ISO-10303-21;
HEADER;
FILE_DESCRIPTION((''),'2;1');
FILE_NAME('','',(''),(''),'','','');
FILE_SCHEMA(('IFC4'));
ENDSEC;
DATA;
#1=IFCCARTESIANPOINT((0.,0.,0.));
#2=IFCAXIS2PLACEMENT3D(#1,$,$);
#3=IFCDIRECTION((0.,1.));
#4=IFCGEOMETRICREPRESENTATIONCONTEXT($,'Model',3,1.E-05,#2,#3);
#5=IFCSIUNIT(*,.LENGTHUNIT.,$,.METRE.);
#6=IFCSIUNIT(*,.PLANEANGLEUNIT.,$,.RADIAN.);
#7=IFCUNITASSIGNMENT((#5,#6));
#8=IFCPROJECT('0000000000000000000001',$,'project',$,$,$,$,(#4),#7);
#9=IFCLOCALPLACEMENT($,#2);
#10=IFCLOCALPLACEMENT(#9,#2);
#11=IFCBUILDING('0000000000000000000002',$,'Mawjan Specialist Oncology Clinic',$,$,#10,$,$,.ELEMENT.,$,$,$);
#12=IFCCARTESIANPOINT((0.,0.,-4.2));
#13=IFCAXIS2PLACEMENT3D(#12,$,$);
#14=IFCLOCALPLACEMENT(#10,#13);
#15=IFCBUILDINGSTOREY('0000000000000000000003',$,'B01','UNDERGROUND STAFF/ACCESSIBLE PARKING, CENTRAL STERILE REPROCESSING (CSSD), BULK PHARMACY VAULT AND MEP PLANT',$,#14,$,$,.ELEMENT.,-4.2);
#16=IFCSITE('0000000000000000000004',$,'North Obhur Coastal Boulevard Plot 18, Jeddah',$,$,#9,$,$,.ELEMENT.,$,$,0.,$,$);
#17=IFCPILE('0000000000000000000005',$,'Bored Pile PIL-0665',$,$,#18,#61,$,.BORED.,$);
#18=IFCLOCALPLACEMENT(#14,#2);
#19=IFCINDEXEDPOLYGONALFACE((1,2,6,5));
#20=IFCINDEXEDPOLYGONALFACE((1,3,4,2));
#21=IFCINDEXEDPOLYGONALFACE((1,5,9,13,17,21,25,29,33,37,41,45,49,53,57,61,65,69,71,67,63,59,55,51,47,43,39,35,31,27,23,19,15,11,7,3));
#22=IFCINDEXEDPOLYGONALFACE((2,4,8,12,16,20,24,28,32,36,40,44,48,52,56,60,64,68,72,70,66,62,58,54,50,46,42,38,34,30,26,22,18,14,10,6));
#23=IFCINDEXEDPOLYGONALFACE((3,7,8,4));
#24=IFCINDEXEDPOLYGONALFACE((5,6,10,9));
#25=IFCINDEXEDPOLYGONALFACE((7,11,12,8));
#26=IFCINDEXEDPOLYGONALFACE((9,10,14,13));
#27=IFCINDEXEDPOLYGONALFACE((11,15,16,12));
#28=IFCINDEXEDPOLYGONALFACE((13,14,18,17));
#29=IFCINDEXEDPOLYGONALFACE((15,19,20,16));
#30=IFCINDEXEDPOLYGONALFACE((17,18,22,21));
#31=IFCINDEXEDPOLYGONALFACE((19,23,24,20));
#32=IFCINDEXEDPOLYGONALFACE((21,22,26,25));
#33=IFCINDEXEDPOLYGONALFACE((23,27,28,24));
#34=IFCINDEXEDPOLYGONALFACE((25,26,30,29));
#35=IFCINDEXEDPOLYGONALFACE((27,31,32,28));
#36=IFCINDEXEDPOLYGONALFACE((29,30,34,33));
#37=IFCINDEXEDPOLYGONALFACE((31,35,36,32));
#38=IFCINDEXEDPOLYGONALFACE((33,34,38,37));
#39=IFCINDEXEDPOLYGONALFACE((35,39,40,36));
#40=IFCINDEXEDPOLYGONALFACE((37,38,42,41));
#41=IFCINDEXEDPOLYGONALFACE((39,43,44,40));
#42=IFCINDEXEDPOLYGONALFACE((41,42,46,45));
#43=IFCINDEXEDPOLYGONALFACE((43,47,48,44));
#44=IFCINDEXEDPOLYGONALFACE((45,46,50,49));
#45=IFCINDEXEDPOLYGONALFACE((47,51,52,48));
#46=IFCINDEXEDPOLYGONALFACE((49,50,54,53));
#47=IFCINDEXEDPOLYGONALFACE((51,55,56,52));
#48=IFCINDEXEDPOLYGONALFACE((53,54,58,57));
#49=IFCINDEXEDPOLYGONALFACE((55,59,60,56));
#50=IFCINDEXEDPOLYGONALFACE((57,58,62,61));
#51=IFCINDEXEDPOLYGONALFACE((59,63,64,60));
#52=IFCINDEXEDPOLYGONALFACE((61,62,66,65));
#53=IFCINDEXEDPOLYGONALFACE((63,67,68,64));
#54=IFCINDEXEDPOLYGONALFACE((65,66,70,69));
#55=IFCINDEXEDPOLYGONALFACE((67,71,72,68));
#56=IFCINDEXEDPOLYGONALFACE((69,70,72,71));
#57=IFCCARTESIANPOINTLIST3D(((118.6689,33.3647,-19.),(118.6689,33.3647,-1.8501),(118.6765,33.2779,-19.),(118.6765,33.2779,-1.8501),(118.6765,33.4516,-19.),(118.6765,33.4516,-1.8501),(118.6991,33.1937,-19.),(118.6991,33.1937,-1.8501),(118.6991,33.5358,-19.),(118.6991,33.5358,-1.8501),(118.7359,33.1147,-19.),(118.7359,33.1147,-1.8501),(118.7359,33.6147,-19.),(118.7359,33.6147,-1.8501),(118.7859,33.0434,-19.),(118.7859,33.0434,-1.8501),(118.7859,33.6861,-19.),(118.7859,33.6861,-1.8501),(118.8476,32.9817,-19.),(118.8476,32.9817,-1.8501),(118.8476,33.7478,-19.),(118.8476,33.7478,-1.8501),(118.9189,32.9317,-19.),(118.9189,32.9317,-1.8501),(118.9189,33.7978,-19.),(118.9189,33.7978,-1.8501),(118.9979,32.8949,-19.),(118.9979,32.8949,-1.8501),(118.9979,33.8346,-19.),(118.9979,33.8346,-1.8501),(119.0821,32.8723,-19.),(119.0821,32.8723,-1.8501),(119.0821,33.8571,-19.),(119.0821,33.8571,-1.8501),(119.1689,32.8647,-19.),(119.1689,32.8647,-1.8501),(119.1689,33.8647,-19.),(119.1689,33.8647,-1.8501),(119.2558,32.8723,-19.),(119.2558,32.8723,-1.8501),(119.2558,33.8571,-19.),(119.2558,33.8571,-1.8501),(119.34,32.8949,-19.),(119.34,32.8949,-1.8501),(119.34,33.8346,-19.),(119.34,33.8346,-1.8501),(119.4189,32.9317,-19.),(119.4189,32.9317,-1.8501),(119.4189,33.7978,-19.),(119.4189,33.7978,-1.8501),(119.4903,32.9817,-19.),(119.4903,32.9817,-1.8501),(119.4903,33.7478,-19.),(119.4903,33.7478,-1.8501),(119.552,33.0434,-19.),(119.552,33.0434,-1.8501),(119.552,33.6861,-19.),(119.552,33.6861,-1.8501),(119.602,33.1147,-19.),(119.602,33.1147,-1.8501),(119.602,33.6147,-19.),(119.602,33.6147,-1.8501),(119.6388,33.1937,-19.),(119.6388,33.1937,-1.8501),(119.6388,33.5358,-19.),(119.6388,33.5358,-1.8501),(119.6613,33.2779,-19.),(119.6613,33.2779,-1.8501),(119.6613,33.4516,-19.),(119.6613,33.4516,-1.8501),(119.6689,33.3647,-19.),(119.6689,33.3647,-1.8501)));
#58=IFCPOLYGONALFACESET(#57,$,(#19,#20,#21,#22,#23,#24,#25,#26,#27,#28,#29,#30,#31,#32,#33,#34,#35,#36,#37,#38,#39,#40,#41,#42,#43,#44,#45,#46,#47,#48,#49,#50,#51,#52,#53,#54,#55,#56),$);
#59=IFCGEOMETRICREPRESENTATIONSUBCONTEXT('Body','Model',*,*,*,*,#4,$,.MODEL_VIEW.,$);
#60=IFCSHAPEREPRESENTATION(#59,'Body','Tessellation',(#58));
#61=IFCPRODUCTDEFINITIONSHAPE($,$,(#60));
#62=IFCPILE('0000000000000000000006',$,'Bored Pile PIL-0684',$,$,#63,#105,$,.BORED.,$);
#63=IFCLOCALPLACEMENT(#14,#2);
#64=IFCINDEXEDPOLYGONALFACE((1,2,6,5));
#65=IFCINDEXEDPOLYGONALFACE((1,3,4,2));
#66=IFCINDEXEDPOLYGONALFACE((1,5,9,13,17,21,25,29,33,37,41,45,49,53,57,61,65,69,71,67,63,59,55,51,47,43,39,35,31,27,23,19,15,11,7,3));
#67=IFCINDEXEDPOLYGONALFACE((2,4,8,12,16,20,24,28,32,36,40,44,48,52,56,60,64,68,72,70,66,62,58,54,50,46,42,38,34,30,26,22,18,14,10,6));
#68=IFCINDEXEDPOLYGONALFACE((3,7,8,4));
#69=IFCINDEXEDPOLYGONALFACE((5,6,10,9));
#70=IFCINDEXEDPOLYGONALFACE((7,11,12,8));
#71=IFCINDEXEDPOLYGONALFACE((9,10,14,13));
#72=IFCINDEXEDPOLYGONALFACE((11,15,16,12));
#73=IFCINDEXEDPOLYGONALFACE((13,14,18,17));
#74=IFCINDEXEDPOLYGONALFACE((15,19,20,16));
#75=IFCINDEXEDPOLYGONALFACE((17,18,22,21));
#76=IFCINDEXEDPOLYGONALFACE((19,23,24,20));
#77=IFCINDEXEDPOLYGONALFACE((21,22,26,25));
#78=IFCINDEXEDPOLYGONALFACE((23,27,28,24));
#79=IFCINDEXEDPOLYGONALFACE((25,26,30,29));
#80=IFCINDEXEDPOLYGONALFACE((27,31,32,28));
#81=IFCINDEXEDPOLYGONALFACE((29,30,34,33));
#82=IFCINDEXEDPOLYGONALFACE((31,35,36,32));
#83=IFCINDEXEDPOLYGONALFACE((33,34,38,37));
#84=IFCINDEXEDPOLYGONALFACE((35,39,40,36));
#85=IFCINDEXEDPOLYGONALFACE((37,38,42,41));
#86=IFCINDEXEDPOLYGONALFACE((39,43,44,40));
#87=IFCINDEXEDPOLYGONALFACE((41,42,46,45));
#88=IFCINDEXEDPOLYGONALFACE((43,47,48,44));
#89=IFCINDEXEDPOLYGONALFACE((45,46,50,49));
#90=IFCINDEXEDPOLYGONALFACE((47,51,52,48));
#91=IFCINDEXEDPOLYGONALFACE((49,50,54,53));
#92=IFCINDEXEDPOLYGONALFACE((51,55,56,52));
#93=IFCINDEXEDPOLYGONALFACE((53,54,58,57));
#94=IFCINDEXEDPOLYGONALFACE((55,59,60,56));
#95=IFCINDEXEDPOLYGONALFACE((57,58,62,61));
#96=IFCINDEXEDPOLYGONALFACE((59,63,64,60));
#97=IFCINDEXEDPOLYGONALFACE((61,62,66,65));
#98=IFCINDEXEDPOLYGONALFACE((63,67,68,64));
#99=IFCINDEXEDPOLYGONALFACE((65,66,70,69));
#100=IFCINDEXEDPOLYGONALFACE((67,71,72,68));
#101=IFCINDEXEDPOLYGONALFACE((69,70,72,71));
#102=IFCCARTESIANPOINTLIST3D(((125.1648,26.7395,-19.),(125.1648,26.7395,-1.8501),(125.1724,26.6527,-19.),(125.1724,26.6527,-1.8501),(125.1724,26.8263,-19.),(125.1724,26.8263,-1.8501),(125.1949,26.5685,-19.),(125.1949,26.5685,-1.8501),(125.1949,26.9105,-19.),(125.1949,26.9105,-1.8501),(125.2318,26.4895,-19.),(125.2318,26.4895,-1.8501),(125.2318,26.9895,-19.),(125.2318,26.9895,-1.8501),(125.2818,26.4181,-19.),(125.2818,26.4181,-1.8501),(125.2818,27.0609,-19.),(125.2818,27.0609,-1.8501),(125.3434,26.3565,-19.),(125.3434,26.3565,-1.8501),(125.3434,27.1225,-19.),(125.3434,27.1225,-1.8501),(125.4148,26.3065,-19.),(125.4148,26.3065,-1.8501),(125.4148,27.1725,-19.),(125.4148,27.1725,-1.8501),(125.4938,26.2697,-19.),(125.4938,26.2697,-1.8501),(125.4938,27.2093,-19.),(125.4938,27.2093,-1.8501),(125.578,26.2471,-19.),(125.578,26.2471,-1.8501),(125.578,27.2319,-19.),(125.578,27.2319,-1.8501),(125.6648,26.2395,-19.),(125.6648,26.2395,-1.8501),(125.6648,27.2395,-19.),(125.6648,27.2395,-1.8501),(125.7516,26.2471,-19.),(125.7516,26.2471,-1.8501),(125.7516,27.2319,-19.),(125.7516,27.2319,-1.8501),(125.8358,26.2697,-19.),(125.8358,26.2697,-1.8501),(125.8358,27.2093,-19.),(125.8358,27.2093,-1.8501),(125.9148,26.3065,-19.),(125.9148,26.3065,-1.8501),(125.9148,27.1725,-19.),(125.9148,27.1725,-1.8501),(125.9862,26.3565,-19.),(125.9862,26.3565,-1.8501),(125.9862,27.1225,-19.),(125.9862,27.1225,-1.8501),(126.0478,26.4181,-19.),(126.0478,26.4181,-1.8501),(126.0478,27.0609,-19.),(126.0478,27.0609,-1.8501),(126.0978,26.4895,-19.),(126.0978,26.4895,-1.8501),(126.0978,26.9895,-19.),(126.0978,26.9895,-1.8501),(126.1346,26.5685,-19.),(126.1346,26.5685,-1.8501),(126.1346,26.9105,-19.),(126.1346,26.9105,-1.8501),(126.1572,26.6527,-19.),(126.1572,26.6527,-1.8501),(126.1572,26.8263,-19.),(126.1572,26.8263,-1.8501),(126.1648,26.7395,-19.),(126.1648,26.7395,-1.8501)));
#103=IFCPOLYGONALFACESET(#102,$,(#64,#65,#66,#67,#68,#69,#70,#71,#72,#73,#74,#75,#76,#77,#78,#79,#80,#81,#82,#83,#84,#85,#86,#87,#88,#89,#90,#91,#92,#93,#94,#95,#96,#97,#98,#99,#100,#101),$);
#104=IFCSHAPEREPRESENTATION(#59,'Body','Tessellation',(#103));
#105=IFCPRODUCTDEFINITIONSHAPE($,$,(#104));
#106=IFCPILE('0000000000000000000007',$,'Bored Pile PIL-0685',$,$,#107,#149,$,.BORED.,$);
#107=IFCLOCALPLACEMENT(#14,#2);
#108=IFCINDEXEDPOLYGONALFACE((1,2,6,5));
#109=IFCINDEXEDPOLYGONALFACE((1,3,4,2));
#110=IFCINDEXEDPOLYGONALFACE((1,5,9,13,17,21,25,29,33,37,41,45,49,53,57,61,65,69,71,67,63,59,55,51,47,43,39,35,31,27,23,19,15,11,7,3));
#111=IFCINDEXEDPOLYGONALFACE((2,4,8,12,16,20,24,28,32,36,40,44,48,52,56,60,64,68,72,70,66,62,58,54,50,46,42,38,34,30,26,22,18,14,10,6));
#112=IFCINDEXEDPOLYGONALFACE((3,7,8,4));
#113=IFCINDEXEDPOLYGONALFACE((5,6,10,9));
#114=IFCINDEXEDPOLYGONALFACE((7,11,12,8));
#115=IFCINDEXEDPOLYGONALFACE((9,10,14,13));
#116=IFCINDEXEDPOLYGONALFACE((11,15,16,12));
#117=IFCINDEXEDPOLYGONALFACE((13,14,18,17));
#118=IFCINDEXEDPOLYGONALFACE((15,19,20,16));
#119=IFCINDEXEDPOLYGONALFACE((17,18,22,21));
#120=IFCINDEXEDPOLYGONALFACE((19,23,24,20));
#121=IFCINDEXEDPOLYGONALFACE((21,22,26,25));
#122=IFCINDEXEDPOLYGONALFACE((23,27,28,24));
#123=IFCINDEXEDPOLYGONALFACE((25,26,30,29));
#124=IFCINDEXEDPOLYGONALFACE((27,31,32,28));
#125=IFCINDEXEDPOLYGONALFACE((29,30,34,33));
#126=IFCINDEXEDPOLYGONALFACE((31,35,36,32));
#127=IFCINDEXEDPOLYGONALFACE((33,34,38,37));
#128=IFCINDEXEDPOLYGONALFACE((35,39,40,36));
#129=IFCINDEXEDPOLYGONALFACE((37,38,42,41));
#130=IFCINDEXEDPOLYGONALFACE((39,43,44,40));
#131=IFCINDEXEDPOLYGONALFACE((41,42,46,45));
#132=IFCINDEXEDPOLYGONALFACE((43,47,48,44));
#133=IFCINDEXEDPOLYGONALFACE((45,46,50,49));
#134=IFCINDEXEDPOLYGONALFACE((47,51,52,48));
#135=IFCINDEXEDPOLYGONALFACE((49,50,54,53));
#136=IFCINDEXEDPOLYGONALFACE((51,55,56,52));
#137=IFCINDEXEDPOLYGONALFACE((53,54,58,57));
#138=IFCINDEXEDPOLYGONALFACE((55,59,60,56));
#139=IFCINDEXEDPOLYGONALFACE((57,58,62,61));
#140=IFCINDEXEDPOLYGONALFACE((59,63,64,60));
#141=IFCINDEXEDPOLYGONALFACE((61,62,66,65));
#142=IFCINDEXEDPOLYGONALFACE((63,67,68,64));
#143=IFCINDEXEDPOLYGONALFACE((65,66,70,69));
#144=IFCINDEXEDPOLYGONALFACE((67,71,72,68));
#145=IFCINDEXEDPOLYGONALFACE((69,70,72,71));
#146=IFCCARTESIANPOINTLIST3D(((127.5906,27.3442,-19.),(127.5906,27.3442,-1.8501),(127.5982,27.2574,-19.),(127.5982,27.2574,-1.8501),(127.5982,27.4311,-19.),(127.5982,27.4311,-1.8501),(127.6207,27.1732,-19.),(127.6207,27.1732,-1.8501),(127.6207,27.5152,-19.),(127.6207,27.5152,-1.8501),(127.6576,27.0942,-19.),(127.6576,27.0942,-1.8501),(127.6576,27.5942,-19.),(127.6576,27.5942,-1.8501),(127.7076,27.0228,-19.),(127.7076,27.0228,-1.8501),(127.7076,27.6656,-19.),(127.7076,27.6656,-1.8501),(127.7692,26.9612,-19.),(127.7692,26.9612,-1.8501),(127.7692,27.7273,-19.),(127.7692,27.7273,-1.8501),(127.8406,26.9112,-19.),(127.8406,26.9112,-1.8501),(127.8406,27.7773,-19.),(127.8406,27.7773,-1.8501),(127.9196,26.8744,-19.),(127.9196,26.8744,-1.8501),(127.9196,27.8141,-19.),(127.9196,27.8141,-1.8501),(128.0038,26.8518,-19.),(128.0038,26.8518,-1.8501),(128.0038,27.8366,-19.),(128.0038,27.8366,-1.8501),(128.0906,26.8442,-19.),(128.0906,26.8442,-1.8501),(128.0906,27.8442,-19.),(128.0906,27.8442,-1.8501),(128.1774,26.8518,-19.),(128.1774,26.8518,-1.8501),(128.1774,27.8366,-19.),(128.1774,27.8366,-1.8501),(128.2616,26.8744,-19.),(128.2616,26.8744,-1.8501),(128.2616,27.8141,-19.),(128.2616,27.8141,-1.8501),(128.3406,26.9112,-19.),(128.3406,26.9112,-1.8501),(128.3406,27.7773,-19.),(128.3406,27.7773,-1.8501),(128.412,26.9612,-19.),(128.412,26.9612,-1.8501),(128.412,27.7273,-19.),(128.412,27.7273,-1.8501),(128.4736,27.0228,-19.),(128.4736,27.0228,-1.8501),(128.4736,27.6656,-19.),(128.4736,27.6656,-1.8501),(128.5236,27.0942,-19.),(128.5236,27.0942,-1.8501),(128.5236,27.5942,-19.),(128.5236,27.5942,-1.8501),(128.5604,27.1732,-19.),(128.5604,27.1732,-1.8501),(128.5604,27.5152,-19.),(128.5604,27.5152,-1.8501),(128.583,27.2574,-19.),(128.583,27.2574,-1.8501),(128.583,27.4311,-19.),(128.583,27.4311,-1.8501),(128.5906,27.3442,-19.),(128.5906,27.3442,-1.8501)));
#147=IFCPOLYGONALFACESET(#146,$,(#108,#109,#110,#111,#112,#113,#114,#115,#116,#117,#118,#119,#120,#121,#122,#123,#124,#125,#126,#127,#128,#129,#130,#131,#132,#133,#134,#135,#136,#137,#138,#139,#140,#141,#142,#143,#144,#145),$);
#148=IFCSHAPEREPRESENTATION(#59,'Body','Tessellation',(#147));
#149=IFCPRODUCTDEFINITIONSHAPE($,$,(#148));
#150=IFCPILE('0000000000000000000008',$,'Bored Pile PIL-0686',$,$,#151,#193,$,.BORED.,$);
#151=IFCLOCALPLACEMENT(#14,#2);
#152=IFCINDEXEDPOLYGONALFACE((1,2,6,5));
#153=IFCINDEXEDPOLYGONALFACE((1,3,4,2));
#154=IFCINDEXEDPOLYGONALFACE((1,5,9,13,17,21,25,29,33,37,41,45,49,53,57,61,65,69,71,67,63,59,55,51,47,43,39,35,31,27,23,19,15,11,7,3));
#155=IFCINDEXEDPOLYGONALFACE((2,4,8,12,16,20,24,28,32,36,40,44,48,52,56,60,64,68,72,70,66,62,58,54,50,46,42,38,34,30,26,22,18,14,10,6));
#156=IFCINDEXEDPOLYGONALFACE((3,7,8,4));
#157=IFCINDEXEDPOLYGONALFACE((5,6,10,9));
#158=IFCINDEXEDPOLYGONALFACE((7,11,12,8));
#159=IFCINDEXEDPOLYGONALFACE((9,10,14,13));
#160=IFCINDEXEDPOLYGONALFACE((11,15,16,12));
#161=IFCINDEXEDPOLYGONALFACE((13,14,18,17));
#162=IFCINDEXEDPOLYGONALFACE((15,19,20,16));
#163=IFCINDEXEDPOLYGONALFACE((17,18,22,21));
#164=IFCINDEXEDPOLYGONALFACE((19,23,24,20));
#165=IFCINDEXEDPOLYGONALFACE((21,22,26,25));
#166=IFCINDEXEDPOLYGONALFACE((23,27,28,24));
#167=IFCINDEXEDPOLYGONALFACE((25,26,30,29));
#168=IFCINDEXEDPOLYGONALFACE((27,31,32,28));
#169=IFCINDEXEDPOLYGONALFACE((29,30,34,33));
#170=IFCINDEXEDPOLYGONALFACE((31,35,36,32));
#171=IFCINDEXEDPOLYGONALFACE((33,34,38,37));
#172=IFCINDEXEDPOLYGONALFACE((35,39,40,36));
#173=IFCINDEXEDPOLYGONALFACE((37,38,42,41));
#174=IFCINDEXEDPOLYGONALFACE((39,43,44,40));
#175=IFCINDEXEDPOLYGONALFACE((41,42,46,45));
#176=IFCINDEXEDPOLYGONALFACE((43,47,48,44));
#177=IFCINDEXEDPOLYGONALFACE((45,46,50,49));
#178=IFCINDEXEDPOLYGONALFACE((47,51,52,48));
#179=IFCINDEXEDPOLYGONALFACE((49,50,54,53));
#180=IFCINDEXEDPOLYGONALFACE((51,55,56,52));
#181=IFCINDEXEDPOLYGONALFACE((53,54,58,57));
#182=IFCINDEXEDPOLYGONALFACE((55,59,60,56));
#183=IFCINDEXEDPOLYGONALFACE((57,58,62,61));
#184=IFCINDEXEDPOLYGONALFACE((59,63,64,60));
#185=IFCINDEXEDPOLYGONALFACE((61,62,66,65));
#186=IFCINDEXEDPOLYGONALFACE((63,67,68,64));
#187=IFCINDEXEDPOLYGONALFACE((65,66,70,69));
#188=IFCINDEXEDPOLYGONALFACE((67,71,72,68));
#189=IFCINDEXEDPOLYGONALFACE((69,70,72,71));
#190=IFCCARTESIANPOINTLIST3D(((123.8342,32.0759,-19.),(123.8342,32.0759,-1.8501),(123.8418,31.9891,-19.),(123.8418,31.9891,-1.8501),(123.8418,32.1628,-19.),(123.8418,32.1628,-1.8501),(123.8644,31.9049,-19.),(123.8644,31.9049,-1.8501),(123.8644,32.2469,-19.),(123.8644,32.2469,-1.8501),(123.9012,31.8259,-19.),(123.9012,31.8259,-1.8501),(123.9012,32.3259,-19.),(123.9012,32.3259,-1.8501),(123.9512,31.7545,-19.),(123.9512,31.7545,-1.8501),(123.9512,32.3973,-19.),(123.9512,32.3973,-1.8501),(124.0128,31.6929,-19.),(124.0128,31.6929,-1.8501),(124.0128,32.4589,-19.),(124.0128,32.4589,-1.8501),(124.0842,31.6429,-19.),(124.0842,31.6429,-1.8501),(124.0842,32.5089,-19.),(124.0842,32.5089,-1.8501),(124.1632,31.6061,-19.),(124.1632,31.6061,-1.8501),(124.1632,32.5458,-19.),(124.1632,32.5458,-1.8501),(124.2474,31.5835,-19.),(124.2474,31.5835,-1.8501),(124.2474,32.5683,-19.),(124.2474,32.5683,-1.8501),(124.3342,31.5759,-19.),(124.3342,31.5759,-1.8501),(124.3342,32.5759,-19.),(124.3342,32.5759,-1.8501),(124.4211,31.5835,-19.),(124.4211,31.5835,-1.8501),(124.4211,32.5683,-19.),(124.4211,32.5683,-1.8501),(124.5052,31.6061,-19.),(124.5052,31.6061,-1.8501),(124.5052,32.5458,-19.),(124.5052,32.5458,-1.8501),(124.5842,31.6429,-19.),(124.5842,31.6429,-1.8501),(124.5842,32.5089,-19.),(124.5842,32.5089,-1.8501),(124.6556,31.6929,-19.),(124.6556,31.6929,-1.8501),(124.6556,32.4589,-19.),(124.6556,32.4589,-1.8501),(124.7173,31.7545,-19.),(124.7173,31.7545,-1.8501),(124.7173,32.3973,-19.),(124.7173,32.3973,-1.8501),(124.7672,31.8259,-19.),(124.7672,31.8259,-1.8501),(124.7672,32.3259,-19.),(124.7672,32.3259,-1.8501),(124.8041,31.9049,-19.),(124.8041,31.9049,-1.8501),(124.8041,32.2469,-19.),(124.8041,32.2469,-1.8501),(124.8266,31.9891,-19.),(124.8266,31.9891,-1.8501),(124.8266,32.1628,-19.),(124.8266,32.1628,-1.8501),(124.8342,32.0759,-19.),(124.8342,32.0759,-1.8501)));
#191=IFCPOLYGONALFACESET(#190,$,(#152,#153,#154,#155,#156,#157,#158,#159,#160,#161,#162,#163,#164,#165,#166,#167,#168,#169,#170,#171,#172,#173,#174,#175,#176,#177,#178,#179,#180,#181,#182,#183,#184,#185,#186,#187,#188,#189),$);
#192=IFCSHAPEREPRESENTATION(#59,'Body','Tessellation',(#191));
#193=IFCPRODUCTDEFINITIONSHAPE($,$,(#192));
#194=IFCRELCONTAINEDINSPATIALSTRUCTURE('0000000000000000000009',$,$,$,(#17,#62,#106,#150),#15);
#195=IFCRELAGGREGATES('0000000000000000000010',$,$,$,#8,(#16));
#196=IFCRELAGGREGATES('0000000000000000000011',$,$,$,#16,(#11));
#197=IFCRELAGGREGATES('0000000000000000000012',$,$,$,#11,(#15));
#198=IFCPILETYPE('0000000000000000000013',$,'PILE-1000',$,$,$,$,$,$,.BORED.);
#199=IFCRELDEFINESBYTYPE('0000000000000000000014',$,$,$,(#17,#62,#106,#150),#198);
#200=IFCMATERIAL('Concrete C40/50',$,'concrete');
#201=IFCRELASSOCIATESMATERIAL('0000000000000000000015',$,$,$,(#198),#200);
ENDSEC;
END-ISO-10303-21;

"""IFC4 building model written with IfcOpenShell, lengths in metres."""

from ifc_helpers import new_model, si_unit, direction, frame, origin, origin_2d, place, context, subcontext, project, spatial, circle, extrude, material, material_profile, profile_set, type_object, element, save


model = new_model("IFC4")

# Units and contexts
model_context = context("Model", 3, precision=1e-05, world=origin(), true_north=direction((0.0, 1.0)))
body_context = subcontext(model_context, "Body", "Model", "MODEL_VIEW")
ifc_project = project(units=[si_unit("LENGTHUNIT", "METRE"), si_unit("PLANEANGLEUNIT", "RADIAN")], contexts=[model_context])

# Site, building, storey
site_placement = place(None, origin())
site = spatial("IfcSite", under=ifc_project, at=site_placement, Name="North Obhur Coastal Boulevard Plot 18, Jeddah", CompositionType="ELEMENT", RefElevation=0.0)
building_placement = place(site_placement, origin())
building = spatial("IfcBuilding", under=site, at=building_placement, Name="Mawjan Specialist Oncology Clinic", CompositionType="ELEMENT")
storey_placement = place(building_placement, frame((0.0, 0.0, -4.2)))
storey = spatial("IfcBuildingStorey", under=building, at=storey_placement, Name="B01", Description="UNDERGROUND STAFF/ACCESSIBLE PARKING, CENTRAL STERILE REPROCESSING (CSSD), BULK PHARMACY VAULT AND MEP PLANT", CompositionType="ELEMENT", Elevation=-4.2)

# Piles
ifc_material_1 = material(Name="Concrete C40/50", Category="concrete")
ifc_material_profile_1 = material_profile(ifc_material_1, circle(Radius=0.5, at=origin_2d()), Name="BORED PILE D1000", Category="concrete")
ifc_profile_set_1 = profile_set([ifc_material_profile_1], Name="Concrete C40/50")
pile_type = type_object("IfcPileType", Name="PILE-1000", PredefinedType="BORED", material=ifc_profile_set_1)
for number, where, z_axis, x_axis, name in (
    (1, (119.1689, 33.3647, -1.8501), (0.0, 0.0, -1.0), (1.0, 0.0, 0.0), "Bored Pile PIL-0665"),
    (2, (125.6648, 26.7395, -1.8501), (0.0, 0.0, -1.0), (1.0, 0.0, 0.0), "Bored Pile PIL-0684"),
    (3, (128.0906, 27.3442, -1.8501), (0.0, 0.0, -1.0), (1.0, 0.0, 0.0), "Bored Pile PIL-0685"),
    (4, (124.3342, 32.0759, -1.8501), (0.0, 0.0, -1.0), (1.0, 0.0, 0.0), "Bored Pile PIL-0686"),
):
    element("IfcPile", number, at=place(storey_placement, frame(where, z_axis=z_axis, x_axis=x_axis)), inside=storey, type_object=pile_type, Name=name, PredefinedType="BORED", context=body_context, shape_type="SweptSolid", body=[
        extrude(circle(Radius=0.5, at=origin_2d()), origin(), (0.0, 0.0, 1.0), 17.1499),
    ])

save(model, "model.ifc")
